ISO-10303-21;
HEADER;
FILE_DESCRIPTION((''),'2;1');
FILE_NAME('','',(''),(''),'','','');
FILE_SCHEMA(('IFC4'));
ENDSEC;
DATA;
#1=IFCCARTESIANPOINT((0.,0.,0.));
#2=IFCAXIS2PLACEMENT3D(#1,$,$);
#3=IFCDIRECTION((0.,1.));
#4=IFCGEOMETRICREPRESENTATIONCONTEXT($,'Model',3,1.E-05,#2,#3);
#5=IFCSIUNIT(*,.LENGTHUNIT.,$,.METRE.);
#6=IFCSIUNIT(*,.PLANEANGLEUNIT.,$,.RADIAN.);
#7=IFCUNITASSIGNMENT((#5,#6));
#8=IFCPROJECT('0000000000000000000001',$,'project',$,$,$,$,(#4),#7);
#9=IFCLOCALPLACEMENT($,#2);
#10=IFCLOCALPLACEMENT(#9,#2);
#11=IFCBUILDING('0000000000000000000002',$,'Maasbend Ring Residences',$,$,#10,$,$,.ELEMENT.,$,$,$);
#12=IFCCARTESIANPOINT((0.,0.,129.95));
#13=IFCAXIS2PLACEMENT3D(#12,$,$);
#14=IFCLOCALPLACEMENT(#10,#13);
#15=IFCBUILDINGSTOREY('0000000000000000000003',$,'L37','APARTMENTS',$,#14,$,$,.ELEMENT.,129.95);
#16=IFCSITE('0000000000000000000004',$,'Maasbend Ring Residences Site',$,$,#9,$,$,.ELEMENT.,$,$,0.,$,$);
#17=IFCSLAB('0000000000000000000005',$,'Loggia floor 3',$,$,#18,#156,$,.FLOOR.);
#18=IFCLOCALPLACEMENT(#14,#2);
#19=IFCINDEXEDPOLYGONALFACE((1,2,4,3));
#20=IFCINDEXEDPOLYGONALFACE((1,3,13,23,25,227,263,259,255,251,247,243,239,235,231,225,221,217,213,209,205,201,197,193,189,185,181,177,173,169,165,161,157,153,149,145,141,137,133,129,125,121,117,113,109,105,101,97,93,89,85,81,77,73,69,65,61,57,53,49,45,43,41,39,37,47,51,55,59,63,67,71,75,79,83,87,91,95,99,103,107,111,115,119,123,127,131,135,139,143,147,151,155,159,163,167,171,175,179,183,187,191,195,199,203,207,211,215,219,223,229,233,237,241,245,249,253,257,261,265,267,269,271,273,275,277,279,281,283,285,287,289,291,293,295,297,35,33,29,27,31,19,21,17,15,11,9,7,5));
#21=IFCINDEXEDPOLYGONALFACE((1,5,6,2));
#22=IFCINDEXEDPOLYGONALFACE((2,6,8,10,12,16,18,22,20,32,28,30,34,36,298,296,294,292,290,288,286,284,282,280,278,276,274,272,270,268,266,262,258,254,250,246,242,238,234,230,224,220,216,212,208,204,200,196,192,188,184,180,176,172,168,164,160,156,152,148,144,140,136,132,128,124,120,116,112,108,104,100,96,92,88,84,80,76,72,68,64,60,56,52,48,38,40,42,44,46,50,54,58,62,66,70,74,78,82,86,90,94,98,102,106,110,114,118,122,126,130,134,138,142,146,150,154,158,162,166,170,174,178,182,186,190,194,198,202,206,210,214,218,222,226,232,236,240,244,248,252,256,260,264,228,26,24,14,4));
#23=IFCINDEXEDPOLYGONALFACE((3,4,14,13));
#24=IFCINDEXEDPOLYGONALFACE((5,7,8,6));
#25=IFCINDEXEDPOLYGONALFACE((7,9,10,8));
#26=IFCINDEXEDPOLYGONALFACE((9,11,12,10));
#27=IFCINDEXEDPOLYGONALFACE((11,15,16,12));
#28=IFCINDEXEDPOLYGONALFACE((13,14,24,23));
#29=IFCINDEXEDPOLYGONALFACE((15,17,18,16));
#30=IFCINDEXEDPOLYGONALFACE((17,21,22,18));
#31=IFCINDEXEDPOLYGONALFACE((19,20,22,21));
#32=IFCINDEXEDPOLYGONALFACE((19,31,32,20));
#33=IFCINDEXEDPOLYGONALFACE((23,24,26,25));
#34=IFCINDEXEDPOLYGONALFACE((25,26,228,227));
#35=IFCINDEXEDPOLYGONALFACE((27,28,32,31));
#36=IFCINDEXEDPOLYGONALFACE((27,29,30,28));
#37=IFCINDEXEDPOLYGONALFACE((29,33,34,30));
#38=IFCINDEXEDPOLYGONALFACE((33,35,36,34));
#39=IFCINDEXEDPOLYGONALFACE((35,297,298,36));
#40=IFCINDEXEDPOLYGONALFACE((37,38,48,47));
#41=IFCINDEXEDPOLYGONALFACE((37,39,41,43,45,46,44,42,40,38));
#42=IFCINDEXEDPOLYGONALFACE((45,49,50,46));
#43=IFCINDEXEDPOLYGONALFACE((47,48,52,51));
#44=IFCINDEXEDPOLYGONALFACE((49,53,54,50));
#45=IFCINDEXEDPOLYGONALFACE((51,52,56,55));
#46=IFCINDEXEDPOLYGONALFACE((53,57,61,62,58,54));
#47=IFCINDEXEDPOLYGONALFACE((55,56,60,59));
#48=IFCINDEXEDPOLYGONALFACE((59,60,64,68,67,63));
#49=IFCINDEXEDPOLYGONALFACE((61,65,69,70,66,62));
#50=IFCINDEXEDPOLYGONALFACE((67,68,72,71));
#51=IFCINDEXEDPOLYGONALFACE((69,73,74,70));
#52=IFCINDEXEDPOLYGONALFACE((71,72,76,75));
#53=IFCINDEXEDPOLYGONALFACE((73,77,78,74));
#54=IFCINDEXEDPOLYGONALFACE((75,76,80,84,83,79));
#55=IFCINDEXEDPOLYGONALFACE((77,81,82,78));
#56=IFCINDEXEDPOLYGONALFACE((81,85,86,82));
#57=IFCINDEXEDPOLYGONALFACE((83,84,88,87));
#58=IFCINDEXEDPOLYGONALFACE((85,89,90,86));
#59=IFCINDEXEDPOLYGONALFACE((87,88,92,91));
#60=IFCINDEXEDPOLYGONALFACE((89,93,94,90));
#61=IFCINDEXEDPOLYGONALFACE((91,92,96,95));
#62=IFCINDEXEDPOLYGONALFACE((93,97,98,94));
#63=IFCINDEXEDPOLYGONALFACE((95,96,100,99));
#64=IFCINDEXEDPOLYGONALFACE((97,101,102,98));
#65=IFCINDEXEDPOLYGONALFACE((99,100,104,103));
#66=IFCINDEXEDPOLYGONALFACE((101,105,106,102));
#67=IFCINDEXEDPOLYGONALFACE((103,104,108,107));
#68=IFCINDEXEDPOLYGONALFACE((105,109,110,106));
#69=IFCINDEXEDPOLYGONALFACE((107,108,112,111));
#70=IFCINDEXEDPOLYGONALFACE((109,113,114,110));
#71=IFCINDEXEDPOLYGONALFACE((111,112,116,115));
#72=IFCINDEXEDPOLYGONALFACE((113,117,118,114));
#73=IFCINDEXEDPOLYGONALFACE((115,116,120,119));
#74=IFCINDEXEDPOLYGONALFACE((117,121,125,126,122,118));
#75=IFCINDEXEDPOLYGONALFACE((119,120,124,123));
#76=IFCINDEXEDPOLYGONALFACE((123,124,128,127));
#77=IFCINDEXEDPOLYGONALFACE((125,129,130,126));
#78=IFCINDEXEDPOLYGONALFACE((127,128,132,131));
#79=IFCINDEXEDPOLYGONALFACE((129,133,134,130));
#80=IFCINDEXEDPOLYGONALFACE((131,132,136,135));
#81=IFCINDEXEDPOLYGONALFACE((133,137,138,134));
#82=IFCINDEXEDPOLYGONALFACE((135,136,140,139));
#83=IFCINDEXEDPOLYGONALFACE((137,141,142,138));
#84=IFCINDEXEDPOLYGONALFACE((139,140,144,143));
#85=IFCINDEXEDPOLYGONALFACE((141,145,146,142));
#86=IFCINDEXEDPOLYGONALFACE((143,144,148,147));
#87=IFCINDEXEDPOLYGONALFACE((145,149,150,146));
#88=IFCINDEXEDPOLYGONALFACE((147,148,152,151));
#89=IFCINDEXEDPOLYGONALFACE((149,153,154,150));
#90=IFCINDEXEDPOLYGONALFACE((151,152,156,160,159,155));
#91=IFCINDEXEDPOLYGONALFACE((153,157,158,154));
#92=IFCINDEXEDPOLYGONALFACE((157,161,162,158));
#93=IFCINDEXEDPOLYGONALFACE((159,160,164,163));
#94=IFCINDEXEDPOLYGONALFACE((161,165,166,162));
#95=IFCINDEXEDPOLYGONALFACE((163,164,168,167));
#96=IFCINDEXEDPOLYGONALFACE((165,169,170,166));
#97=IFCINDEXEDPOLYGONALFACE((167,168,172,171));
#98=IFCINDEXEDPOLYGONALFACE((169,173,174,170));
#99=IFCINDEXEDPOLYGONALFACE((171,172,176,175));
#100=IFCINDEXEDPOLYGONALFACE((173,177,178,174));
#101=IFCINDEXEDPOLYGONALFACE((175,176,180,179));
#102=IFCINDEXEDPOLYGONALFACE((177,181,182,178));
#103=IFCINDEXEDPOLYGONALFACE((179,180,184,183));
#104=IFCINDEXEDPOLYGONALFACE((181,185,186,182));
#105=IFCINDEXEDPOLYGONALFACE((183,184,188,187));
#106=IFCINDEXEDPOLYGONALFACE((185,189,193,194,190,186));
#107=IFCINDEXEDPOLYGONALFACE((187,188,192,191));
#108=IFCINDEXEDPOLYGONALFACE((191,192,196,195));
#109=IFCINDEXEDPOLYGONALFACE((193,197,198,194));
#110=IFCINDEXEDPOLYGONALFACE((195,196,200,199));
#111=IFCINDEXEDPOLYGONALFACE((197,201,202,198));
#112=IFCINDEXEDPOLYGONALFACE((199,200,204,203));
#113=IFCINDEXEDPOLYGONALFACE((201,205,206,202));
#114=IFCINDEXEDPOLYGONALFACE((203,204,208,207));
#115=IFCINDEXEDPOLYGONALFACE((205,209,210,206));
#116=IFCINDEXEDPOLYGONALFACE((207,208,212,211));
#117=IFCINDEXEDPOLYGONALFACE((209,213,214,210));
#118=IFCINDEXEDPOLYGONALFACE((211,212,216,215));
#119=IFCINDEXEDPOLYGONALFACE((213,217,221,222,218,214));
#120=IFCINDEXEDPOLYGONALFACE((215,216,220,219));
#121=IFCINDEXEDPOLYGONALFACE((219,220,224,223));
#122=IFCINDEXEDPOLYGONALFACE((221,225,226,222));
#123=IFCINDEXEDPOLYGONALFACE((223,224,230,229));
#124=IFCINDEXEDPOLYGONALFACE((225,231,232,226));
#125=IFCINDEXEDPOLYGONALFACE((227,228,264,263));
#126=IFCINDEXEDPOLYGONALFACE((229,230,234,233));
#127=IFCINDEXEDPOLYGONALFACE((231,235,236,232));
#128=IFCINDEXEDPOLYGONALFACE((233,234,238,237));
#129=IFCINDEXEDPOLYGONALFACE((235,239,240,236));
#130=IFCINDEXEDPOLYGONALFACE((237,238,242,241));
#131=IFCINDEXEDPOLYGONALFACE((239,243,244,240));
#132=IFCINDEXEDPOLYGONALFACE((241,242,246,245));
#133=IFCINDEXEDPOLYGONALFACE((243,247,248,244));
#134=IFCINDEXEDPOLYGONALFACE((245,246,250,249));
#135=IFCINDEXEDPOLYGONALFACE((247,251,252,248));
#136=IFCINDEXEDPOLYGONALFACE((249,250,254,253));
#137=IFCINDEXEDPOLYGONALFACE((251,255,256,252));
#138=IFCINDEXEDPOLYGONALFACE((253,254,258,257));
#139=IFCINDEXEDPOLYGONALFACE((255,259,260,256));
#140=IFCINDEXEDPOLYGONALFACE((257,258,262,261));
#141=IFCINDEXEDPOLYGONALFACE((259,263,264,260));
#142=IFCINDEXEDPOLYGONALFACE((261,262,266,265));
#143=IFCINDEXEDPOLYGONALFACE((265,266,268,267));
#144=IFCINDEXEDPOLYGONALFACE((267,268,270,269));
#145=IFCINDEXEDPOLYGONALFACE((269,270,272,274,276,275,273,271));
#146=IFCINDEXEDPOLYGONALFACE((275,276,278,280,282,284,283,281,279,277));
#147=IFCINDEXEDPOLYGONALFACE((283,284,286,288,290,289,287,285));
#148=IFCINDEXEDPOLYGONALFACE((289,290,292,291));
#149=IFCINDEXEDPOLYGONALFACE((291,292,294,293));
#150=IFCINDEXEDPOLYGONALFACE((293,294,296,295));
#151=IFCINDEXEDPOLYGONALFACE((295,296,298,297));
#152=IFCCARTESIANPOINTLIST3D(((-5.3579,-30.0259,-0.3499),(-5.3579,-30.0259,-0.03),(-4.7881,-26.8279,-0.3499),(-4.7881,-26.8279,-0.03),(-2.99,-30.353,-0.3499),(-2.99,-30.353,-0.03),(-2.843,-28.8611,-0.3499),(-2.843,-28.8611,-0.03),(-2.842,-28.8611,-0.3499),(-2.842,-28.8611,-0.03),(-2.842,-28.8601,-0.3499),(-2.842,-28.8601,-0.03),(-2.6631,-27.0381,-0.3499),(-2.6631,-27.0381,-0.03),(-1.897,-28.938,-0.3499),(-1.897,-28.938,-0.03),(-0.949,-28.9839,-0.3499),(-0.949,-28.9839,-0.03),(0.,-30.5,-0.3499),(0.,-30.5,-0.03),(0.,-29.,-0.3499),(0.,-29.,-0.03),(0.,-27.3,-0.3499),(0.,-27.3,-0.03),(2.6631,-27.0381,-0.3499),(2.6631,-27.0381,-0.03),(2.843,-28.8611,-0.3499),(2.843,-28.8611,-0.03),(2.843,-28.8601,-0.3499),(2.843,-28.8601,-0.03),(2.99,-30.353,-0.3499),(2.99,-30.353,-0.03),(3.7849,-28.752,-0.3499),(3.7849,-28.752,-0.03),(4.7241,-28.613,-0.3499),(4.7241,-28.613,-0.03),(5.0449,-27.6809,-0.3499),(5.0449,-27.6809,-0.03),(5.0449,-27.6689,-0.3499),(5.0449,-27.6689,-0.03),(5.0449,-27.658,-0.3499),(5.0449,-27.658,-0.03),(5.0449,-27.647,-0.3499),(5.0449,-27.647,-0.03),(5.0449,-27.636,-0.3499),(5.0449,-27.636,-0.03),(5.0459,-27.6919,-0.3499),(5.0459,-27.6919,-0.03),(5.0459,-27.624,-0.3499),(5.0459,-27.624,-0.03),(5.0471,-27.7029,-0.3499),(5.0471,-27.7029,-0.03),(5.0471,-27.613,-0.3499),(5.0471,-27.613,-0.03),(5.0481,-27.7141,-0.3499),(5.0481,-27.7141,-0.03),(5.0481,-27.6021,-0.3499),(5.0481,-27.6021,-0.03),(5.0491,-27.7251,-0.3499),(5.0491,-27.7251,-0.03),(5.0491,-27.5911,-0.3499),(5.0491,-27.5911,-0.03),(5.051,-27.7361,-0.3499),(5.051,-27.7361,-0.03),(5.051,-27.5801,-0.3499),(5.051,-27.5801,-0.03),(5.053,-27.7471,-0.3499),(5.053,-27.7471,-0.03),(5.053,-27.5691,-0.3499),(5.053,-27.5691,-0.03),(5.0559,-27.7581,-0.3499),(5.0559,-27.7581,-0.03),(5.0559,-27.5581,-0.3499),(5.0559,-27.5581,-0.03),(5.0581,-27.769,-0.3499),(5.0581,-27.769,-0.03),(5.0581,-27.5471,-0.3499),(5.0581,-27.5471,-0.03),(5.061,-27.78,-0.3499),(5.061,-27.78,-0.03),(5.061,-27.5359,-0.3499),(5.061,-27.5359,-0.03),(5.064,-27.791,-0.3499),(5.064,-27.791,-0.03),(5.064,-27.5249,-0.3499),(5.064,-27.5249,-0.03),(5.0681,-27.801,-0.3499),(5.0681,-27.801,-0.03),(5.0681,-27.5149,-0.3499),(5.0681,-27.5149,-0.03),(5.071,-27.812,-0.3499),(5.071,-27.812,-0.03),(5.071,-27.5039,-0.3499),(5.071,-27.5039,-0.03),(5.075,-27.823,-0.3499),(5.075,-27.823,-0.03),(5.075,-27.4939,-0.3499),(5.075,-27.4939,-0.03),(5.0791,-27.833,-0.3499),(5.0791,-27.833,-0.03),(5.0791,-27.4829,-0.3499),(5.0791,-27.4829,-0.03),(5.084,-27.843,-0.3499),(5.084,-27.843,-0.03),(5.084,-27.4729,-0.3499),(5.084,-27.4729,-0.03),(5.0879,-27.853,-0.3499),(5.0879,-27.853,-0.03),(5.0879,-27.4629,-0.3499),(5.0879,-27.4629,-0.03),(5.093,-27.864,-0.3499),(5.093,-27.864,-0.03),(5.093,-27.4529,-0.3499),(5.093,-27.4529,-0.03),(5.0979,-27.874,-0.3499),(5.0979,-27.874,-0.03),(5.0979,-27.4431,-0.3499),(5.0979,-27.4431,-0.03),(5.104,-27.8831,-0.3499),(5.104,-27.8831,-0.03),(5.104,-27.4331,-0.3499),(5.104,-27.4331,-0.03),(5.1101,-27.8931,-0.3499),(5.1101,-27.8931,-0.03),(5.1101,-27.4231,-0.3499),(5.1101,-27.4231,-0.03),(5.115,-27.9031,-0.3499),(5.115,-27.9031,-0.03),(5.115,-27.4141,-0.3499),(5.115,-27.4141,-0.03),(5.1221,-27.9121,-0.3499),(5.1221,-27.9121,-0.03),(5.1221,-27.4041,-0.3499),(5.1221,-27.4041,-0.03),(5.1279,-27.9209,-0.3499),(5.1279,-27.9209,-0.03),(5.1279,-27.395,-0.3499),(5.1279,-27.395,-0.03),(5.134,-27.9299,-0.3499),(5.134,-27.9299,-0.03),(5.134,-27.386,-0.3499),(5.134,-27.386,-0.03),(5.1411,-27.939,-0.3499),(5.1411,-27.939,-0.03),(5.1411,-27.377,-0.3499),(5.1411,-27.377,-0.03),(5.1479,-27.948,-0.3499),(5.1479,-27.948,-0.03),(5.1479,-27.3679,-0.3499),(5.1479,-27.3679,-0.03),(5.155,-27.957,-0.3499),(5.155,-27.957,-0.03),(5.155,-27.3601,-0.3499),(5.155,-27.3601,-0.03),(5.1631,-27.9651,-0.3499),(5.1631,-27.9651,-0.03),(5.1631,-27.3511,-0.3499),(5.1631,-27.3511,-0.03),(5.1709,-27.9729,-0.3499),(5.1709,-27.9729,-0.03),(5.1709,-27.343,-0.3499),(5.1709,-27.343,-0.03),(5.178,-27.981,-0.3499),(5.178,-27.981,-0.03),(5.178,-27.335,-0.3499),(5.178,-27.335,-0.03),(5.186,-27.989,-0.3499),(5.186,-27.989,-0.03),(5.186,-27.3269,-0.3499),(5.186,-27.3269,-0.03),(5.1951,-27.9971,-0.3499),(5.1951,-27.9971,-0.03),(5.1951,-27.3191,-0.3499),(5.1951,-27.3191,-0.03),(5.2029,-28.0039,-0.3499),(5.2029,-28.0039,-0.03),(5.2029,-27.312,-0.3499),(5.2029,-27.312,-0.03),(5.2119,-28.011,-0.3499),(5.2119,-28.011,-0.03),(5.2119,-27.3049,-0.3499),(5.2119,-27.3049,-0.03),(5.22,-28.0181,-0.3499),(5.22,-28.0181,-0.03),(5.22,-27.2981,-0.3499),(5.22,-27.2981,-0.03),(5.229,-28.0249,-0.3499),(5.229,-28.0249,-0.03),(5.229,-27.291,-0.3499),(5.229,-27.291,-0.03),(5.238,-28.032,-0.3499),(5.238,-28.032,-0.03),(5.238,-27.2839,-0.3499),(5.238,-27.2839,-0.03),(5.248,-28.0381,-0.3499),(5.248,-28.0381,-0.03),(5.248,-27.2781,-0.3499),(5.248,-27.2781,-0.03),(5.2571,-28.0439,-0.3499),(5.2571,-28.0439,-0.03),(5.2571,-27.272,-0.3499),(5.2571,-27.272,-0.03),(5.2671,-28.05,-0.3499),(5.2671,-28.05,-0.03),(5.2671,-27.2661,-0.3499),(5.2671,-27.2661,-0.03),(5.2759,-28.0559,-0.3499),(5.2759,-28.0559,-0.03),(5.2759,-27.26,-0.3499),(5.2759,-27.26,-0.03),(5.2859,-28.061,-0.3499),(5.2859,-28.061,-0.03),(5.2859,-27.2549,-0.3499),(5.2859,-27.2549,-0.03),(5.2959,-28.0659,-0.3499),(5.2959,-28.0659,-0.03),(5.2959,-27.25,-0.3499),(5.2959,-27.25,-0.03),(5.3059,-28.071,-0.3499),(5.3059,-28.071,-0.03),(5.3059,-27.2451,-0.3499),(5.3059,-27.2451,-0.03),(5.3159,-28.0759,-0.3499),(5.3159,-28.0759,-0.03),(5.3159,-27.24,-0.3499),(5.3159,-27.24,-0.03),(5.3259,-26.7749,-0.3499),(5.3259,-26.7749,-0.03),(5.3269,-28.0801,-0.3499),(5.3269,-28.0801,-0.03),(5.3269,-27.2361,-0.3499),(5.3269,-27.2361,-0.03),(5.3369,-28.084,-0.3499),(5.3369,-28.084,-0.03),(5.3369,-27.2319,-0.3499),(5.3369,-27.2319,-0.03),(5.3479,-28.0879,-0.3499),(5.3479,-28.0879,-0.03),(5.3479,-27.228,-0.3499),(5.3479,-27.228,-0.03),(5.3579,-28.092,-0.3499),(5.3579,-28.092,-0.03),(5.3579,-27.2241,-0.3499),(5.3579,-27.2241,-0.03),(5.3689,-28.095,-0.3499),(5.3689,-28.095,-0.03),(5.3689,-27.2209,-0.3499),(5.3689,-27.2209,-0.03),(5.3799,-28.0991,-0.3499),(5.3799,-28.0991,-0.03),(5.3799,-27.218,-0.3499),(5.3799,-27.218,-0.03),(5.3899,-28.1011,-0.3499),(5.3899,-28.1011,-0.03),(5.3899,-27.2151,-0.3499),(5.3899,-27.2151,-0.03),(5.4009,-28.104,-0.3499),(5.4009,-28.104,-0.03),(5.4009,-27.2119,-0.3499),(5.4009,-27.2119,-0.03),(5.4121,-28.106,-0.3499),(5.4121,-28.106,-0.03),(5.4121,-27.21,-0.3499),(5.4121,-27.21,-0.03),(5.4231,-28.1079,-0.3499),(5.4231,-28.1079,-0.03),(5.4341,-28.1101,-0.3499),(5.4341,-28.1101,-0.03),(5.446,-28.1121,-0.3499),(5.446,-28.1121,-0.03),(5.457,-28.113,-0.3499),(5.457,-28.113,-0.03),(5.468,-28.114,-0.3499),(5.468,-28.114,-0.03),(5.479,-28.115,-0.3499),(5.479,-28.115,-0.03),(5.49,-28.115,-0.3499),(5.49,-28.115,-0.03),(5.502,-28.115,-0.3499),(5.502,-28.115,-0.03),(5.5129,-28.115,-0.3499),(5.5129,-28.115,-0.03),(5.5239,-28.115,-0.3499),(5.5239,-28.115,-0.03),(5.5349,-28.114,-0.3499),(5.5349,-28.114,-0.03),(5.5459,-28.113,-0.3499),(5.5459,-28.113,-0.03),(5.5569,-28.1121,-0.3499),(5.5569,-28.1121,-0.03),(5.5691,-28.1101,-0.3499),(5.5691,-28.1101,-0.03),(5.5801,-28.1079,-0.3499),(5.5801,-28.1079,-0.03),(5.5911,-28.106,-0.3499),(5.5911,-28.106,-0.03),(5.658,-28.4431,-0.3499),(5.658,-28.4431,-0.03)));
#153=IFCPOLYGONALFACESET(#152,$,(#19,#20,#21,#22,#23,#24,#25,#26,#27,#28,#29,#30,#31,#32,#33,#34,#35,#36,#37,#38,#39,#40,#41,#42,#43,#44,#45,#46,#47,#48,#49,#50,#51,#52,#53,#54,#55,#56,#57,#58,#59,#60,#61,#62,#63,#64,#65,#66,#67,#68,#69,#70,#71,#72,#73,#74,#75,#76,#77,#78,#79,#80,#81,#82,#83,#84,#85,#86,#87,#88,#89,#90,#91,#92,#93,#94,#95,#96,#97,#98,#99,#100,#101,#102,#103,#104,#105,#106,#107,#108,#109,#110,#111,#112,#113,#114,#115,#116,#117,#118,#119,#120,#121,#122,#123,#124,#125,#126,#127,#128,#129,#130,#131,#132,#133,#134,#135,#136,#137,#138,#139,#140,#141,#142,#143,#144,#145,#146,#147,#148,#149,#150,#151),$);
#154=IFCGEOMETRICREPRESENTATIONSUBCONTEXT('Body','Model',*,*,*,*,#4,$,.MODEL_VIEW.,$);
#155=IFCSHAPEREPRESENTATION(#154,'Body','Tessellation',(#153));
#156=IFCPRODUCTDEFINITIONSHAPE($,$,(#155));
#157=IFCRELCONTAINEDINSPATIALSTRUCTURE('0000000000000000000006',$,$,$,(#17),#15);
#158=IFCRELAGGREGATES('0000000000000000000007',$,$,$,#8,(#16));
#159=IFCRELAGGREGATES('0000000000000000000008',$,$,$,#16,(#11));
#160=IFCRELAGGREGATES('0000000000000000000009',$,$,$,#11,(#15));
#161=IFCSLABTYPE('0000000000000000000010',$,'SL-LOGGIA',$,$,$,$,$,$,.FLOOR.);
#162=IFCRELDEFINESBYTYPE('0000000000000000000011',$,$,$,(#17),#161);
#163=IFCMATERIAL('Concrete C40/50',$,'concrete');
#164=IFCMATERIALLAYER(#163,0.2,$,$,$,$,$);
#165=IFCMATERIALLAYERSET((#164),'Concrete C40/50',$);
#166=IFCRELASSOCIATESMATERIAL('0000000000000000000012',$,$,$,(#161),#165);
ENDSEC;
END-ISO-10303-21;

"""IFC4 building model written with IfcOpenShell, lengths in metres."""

from ifc_helpers import new_model, si_unit, direction, frame, origin, place, context, subcontext, project, spatial, polyline, outline, extrude, material, layer, layer_set, type_object, element, save


model = new_model("IFC4")

# Units and contexts
model_context = context("Model", 3, precision=1e-05, world=origin(), true_north=direction((0.0, 1.0)))
body_context = subcontext(model_context, "Body", "Model", "MODEL_VIEW")
ifc_project = project(units=[si_unit("LENGTHUNIT", "METRE"), si_unit("PLANEANGLEUNIT", "RADIAN")], contexts=[model_context])

# Site, building, storey
site_placement = place(None, origin())
site = spatial("IfcSite", under=ifc_project, at=site_placement, Name="Maasbend Ring Residences Site", CompositionType="ELEMENT", RefElevation=0.0)
building_placement = place(site_placement, origin())
building = spatial("IfcBuilding", under=site, at=building_placement, Name="Maasbend Ring Residences", CompositionType="ELEMENT")
storey_placement = place(building_placement, frame((0.0, 0.0, 129.95)))
storey = spatial("IfcBuildingStorey", under=building, at=storey_placement, Name="L37", Description="APARTMENTS", CompositionType="ELEMENT", Elevation=129.95)

# Slab
ifc_material_1 = material(Name="Concrete C40/50", Category="concrete")
ifc_layer_1 = layer(ifc_material_1, 0.2)
ifc_layer_set_1 = layer_set([ifc_layer_1], Name="Concrete C40/50")
slab_type = type_object("IfcSlabType", Name="SL-LOGGIA", PredefinedType="FLOOR", material=ifc_layer_set_1)
slab_1_placement = place(storey_placement, frame((0.0, 0.0, -0.3499)))
element("IfcSlab", 1, at=slab_1_placement, inside=storey, type_object=slab_type, Name="Loggia floor 3", PredefinedType="FLOOR", context=body_context, shape_type="SweptSolid", body=[
    extrude(outline(polyline([(-2.6631, -27.0381), (0.0, -27.3), (0.0, -27.3), (0.0, -27.3), (2.6631, -27.0381), (5.3259, -26.7749), (5.3259, -26.7749), (5.3259, -26.7749), (5.4121, -27.21), (5.4121, -27.21), (5.4009, -27.2119), (5.3899, -27.2151), (5.3799, -27.218), (5.3689, -27.2209), (5.3579, -27.2241), (5.3479, -27.228), (5.3369, -27.2319), (5.3269, -27.2361), (5.3159, -27.24), (5.3059, -27.2451), (5.2959, -27.25), (5.2859, -27.2549), (5.2759, -27.26), (5.2671, -27.2661), (5.2571, -27.272), (5.248, -27.2781), (5.238, -27.2839), (5.229, -27.291), (5.22, -27.2981), (5.2119, -27.3049), (5.2029, -27.312), (5.1951, -27.3191), (5.186, -27.3269), (5.178, -27.335), (5.1709, -27.343), (5.1631, -27.3511), (5.155, -27.3601), (5.1479, -27.3679), (5.1411, -27.377), (5.134, -27.386), (5.1279, -27.395), (5.1221, -27.4041), (5.115, -27.4141), (5.1101, -27.4231), (5.104, -27.4331), (5.0979, -27.4431), (5.093, -27.4529), (5.0879, -27.4629), (5.084, -27.4729), (5.0791, -27.4829), (5.075, -27.4939), (5.071, -27.5039), (5.0681, -27.5149), (5.064, -27.5249), (5.061, -27.5359), (5.0581, -27.5471), (5.0559, -27.5581), (5.053, -27.5691), (5.051, -27.5801), (5.0491, -27.5911), (5.0481, -27.6021), (5.0471, -27.613), (5.0459, -27.624), (5.0449, -27.636), (5.0449, -27.647), (5.0449, -27.658), (5.0449, -27.6689), (5.0449, -27.6809), (5.0459, -27.6919), (5.0471, -27.7029), (5.0481, -27.7141), (5.0491, -27.7251), (5.051, -27.7361), (5.053, -27.7471), (5.0559, -27.7581), (5.0581, -27.769), (5.061, -27.78), (5.064, -27.791), (5.0681, -27.801), (5.071, -27.812), (5.075, -27.823), (5.0791, -27.833), (5.084, -27.843), (5.0879, -27.853), (5.093, -27.864), (5.0979, -27.874), (5.104, -27.8831), (5.1101, -27.8931), (5.115, -27.9031), (5.1221, -27.9121), (5.1279, -27.9209), (5.134, -27.9299), (5.1411, -27.939), (5.1479, -27.948), (5.155, -27.957), (5.1631, -27.9651), (5.1709, -27.9729), (5.178, -27.981), (5.186, -27.989), (5.1951, -27.9971), (5.2029, -28.0039), (5.2119, -28.011), (5.22, -28.0181), (5.229, -28.0249), (5.238, -28.032), (5.248, -28.0381), (5.2571, -28.0439), (5.2671, -28.05), (5.2759, -28.0559), (5.2859, -28.061), (5.2959, -28.0659), (5.3059, -28.071), (5.3159, -28.0759), (5.3269, -28.0801), (5.3369, -28.084), (5.3479, -28.0879), (5.3579, -28.092), (5.3689, -28.095), (5.3799, -28.0991), (5.3899, -28.1011), (5.4009, -28.104), (5.4121, -28.106), (5.4231, -28.1079), (5.4341, -28.1101), (5.446, -28.1121), (5.457, -28.113), (5.468, -28.114), (5.479, -28.115), (5.49, -28.115), (5.502, -28.115), (5.5129, -28.115), (5.5239, -28.115), (5.5349, -28.114), (5.5459, -28.113), (5.5569, -28.1121), (5.5691, -28.1101), (5.5801, -28.1079), (5.5911, -28.106), (5.5911, -28.106), (5.658, -28.4431), (5.658, -28.4431), (5.658, -28.4431), (4.7241, -28.613), (4.7241, -28.613), (3.7849, -28.752), (3.7849, -28.752), (2.843, -28.8601), (2.843, -28.8601), (2.843, -28.8601), (2.843, -28.8601), (2.843, -28.8601), (2.843, -28.8601), (2.843, -28.8601), (2.843, -28.8601), (2.843, -28.8601), (2.843, -28.8611), (2.843, -28.8611), (2.843, -28.8611), (2.843, -28.8611), (2.843, -28.8611), (2.843, -28.8611), (2.843, -28.8611), (2.843, -28.8611), (2.99, -30.353), (2.99, -30.353), (2.99, -30.353), (0.0, -30.5), (0.0, -30.5), (0.0, -30.5), (0.0, -29.0), (0.0, -29.0), (0.0, -29.0), (0.0, -29.0), (0.0, -29.0), (0.0, -29.0), (0.0, -29.0), (0.0, -29.0), (0.0, -29.0), (0.0, -29.0), (0.0, -29.0), (0.0, -29.0), (0.0, -29.0), (0.0, -29.0), (0.0, -29.0), (0.0, -29.0), (0.0, -29.0), (-0.949, -28.9839), (-0.949, -28.9839), (-1.897, -28.938), (-1.897, -28.938), (-2.842, -28.8601), (-2.842, -28.8601), (-2.842, -28.8601), (-2.842, -28.8601), (-2.842, -28.8601), (-2.842, -28.8601), (-2.842, -28.8601), (-2.842, -28.8601), (-2.842, -28.8611), (-2.842, -28.8611), (-2.842, -28.8611), (-2.842, -28.8611), (-2.842, -28.8611), (-2.843, -28.8611), (-2.843, -28.8611), (-2.843, -28.8611), (-2.843, -28.8611), (-2.99, -30.353), (-2.99, -30.353), (-2.99, -30.353), (-5.3579, -30.0259), (-5.3579, -30.0259), (-5.3579, -30.0259), (-4.7881, -26.8279), (-4.7881, -26.8279), (-4.7881, -26.8279), (-2.6631, -27.0381)])), origin(), (0.0, 0.0, 1.0), 0.3198),
])

save(model, "model.ifc")
